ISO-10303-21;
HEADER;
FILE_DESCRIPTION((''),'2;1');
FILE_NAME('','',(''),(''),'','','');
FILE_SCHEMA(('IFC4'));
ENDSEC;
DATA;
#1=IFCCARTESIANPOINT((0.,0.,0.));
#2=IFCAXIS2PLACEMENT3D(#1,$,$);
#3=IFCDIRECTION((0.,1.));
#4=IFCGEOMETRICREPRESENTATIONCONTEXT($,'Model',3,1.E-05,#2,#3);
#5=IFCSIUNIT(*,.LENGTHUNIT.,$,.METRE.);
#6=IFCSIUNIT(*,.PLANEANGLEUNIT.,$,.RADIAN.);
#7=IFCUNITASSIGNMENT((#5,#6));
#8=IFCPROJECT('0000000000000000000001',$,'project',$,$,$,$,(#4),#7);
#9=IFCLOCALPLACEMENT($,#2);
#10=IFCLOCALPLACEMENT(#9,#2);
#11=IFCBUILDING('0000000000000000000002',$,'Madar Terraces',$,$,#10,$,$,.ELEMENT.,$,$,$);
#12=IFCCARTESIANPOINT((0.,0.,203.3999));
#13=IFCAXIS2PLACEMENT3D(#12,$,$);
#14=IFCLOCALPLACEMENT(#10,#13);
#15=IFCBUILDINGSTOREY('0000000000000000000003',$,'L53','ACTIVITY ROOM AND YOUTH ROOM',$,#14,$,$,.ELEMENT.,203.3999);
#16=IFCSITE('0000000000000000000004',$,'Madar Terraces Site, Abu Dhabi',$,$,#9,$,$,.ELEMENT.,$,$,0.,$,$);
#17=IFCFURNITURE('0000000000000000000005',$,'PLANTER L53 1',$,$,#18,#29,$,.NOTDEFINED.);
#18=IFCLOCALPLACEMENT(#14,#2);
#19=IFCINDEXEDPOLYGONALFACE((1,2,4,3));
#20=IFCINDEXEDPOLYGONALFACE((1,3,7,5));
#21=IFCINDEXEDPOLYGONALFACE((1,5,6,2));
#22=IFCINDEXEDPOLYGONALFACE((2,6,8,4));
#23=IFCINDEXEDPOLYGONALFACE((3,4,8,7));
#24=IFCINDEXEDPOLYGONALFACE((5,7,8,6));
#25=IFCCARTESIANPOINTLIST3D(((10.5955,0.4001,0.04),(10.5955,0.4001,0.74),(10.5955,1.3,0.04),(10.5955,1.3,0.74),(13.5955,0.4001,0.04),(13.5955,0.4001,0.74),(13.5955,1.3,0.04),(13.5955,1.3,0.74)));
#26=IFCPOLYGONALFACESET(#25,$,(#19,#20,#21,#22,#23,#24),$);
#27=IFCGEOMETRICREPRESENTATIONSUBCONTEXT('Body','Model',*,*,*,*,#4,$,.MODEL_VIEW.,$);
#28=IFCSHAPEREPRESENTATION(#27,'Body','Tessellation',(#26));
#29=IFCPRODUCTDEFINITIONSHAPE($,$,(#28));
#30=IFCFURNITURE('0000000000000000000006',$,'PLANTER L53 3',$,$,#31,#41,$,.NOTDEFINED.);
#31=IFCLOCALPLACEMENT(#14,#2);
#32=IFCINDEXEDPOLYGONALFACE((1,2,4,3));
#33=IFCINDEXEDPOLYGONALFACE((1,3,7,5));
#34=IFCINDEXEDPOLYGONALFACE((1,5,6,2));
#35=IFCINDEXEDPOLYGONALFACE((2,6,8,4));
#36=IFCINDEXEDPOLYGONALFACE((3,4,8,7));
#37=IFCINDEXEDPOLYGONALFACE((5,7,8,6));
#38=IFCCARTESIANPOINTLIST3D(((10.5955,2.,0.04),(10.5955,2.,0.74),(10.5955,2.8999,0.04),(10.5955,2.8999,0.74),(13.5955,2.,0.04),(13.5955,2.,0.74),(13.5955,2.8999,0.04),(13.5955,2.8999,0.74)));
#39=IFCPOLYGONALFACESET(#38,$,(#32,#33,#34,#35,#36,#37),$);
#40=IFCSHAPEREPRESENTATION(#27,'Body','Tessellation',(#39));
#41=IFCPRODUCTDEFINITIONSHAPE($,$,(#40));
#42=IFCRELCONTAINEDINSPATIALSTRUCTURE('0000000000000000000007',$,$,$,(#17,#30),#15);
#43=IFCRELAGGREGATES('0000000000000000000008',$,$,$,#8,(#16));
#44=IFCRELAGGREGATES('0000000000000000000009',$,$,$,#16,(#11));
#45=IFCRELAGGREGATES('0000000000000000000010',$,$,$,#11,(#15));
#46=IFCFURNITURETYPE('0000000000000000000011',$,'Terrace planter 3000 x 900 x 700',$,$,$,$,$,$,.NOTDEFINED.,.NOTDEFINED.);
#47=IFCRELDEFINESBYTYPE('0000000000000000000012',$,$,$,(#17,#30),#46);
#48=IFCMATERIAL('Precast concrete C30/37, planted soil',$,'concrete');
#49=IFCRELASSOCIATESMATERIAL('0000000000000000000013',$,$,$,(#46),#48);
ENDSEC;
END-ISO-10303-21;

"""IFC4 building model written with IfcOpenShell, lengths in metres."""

from ifc_helpers import new_model, si_unit, direction, frame, origin, origin_2d, place, context, subcontext, project, spatial, rectangle, extrude, material, type_object, element, save


model = new_model("IFC4")

# Units and contexts
model_context = context("Model", 3, precision=1e-05, world=origin(), true_north=direction((0.0, 1.0)))
body_context = subcontext(model_context, "Body", "Model", "MODEL_VIEW")
ifc_project = project(units=[si_unit("LENGTHUNIT", "METRE"), si_unit("PLANEANGLEUNIT", "RADIAN")], contexts=[model_context])

# Site, building, storey
site_placement = place(None, origin())
site = spatial("IfcSite", under=ifc_project, at=site_placement, Name="Madar Terraces Site, Abu Dhabi", CompositionType="ELEMENT", RefElevation=0.0)
building_placement = place(site_placement, origin())
building = spatial("IfcBuilding", under=site, at=building_placement, Name="Madar Terraces", CompositionType="ELEMENT")
storey_placement = place(building_placement, frame((0.0, 0.0, 203.3999)))
storey = spatial("IfcBuildingStorey", under=building, at=storey_placement, Name="L53", Description="ACTIVITY ROOM AND YOUTH ROOM", CompositionType="ELEMENT", Elevation=203.3999)

# Furniture
ifc_material_1 = material(Name="Precast concrete C30/37, planted soil", Category="concrete")
furniture_type = type_object("IfcFurnitureType", Name="Terrace planter 3000 x 900 x 700", AssemblyPlace="NOTDEFINED", PredefinedType="NOTDEFINED", material=ifc_material_1)
for number, where, z_axis, x_axis, name in (
    (1, (12.0955, 0.8501, 0.04), (0.0, 0.0, 1.0), (1.0, 0.0, 0.0), "PLANTER L53 1"),
    (2, (12.0955, 2.45, 0.04), (0.0, 0.0, 1.0), (1.0, 0.0, 0.0), "PLANTER L53 3"),
):
    element("IfcFurniture", number, at=place(storey_placement, frame(where, z_axis=z_axis, x_axis=x_axis)), inside=storey, type_object=furniture_type, Name=name, PredefinedType="NOTDEFINED", context=body_context, shape_type="SweptSolid", body=[
        extrude(rectangle(XDim=3.0, YDim=0.8999, at=origin_2d()), origin(), (0.0, 0.0, 1.0), 0.7),
    ])

save(model, "model.ifc")
